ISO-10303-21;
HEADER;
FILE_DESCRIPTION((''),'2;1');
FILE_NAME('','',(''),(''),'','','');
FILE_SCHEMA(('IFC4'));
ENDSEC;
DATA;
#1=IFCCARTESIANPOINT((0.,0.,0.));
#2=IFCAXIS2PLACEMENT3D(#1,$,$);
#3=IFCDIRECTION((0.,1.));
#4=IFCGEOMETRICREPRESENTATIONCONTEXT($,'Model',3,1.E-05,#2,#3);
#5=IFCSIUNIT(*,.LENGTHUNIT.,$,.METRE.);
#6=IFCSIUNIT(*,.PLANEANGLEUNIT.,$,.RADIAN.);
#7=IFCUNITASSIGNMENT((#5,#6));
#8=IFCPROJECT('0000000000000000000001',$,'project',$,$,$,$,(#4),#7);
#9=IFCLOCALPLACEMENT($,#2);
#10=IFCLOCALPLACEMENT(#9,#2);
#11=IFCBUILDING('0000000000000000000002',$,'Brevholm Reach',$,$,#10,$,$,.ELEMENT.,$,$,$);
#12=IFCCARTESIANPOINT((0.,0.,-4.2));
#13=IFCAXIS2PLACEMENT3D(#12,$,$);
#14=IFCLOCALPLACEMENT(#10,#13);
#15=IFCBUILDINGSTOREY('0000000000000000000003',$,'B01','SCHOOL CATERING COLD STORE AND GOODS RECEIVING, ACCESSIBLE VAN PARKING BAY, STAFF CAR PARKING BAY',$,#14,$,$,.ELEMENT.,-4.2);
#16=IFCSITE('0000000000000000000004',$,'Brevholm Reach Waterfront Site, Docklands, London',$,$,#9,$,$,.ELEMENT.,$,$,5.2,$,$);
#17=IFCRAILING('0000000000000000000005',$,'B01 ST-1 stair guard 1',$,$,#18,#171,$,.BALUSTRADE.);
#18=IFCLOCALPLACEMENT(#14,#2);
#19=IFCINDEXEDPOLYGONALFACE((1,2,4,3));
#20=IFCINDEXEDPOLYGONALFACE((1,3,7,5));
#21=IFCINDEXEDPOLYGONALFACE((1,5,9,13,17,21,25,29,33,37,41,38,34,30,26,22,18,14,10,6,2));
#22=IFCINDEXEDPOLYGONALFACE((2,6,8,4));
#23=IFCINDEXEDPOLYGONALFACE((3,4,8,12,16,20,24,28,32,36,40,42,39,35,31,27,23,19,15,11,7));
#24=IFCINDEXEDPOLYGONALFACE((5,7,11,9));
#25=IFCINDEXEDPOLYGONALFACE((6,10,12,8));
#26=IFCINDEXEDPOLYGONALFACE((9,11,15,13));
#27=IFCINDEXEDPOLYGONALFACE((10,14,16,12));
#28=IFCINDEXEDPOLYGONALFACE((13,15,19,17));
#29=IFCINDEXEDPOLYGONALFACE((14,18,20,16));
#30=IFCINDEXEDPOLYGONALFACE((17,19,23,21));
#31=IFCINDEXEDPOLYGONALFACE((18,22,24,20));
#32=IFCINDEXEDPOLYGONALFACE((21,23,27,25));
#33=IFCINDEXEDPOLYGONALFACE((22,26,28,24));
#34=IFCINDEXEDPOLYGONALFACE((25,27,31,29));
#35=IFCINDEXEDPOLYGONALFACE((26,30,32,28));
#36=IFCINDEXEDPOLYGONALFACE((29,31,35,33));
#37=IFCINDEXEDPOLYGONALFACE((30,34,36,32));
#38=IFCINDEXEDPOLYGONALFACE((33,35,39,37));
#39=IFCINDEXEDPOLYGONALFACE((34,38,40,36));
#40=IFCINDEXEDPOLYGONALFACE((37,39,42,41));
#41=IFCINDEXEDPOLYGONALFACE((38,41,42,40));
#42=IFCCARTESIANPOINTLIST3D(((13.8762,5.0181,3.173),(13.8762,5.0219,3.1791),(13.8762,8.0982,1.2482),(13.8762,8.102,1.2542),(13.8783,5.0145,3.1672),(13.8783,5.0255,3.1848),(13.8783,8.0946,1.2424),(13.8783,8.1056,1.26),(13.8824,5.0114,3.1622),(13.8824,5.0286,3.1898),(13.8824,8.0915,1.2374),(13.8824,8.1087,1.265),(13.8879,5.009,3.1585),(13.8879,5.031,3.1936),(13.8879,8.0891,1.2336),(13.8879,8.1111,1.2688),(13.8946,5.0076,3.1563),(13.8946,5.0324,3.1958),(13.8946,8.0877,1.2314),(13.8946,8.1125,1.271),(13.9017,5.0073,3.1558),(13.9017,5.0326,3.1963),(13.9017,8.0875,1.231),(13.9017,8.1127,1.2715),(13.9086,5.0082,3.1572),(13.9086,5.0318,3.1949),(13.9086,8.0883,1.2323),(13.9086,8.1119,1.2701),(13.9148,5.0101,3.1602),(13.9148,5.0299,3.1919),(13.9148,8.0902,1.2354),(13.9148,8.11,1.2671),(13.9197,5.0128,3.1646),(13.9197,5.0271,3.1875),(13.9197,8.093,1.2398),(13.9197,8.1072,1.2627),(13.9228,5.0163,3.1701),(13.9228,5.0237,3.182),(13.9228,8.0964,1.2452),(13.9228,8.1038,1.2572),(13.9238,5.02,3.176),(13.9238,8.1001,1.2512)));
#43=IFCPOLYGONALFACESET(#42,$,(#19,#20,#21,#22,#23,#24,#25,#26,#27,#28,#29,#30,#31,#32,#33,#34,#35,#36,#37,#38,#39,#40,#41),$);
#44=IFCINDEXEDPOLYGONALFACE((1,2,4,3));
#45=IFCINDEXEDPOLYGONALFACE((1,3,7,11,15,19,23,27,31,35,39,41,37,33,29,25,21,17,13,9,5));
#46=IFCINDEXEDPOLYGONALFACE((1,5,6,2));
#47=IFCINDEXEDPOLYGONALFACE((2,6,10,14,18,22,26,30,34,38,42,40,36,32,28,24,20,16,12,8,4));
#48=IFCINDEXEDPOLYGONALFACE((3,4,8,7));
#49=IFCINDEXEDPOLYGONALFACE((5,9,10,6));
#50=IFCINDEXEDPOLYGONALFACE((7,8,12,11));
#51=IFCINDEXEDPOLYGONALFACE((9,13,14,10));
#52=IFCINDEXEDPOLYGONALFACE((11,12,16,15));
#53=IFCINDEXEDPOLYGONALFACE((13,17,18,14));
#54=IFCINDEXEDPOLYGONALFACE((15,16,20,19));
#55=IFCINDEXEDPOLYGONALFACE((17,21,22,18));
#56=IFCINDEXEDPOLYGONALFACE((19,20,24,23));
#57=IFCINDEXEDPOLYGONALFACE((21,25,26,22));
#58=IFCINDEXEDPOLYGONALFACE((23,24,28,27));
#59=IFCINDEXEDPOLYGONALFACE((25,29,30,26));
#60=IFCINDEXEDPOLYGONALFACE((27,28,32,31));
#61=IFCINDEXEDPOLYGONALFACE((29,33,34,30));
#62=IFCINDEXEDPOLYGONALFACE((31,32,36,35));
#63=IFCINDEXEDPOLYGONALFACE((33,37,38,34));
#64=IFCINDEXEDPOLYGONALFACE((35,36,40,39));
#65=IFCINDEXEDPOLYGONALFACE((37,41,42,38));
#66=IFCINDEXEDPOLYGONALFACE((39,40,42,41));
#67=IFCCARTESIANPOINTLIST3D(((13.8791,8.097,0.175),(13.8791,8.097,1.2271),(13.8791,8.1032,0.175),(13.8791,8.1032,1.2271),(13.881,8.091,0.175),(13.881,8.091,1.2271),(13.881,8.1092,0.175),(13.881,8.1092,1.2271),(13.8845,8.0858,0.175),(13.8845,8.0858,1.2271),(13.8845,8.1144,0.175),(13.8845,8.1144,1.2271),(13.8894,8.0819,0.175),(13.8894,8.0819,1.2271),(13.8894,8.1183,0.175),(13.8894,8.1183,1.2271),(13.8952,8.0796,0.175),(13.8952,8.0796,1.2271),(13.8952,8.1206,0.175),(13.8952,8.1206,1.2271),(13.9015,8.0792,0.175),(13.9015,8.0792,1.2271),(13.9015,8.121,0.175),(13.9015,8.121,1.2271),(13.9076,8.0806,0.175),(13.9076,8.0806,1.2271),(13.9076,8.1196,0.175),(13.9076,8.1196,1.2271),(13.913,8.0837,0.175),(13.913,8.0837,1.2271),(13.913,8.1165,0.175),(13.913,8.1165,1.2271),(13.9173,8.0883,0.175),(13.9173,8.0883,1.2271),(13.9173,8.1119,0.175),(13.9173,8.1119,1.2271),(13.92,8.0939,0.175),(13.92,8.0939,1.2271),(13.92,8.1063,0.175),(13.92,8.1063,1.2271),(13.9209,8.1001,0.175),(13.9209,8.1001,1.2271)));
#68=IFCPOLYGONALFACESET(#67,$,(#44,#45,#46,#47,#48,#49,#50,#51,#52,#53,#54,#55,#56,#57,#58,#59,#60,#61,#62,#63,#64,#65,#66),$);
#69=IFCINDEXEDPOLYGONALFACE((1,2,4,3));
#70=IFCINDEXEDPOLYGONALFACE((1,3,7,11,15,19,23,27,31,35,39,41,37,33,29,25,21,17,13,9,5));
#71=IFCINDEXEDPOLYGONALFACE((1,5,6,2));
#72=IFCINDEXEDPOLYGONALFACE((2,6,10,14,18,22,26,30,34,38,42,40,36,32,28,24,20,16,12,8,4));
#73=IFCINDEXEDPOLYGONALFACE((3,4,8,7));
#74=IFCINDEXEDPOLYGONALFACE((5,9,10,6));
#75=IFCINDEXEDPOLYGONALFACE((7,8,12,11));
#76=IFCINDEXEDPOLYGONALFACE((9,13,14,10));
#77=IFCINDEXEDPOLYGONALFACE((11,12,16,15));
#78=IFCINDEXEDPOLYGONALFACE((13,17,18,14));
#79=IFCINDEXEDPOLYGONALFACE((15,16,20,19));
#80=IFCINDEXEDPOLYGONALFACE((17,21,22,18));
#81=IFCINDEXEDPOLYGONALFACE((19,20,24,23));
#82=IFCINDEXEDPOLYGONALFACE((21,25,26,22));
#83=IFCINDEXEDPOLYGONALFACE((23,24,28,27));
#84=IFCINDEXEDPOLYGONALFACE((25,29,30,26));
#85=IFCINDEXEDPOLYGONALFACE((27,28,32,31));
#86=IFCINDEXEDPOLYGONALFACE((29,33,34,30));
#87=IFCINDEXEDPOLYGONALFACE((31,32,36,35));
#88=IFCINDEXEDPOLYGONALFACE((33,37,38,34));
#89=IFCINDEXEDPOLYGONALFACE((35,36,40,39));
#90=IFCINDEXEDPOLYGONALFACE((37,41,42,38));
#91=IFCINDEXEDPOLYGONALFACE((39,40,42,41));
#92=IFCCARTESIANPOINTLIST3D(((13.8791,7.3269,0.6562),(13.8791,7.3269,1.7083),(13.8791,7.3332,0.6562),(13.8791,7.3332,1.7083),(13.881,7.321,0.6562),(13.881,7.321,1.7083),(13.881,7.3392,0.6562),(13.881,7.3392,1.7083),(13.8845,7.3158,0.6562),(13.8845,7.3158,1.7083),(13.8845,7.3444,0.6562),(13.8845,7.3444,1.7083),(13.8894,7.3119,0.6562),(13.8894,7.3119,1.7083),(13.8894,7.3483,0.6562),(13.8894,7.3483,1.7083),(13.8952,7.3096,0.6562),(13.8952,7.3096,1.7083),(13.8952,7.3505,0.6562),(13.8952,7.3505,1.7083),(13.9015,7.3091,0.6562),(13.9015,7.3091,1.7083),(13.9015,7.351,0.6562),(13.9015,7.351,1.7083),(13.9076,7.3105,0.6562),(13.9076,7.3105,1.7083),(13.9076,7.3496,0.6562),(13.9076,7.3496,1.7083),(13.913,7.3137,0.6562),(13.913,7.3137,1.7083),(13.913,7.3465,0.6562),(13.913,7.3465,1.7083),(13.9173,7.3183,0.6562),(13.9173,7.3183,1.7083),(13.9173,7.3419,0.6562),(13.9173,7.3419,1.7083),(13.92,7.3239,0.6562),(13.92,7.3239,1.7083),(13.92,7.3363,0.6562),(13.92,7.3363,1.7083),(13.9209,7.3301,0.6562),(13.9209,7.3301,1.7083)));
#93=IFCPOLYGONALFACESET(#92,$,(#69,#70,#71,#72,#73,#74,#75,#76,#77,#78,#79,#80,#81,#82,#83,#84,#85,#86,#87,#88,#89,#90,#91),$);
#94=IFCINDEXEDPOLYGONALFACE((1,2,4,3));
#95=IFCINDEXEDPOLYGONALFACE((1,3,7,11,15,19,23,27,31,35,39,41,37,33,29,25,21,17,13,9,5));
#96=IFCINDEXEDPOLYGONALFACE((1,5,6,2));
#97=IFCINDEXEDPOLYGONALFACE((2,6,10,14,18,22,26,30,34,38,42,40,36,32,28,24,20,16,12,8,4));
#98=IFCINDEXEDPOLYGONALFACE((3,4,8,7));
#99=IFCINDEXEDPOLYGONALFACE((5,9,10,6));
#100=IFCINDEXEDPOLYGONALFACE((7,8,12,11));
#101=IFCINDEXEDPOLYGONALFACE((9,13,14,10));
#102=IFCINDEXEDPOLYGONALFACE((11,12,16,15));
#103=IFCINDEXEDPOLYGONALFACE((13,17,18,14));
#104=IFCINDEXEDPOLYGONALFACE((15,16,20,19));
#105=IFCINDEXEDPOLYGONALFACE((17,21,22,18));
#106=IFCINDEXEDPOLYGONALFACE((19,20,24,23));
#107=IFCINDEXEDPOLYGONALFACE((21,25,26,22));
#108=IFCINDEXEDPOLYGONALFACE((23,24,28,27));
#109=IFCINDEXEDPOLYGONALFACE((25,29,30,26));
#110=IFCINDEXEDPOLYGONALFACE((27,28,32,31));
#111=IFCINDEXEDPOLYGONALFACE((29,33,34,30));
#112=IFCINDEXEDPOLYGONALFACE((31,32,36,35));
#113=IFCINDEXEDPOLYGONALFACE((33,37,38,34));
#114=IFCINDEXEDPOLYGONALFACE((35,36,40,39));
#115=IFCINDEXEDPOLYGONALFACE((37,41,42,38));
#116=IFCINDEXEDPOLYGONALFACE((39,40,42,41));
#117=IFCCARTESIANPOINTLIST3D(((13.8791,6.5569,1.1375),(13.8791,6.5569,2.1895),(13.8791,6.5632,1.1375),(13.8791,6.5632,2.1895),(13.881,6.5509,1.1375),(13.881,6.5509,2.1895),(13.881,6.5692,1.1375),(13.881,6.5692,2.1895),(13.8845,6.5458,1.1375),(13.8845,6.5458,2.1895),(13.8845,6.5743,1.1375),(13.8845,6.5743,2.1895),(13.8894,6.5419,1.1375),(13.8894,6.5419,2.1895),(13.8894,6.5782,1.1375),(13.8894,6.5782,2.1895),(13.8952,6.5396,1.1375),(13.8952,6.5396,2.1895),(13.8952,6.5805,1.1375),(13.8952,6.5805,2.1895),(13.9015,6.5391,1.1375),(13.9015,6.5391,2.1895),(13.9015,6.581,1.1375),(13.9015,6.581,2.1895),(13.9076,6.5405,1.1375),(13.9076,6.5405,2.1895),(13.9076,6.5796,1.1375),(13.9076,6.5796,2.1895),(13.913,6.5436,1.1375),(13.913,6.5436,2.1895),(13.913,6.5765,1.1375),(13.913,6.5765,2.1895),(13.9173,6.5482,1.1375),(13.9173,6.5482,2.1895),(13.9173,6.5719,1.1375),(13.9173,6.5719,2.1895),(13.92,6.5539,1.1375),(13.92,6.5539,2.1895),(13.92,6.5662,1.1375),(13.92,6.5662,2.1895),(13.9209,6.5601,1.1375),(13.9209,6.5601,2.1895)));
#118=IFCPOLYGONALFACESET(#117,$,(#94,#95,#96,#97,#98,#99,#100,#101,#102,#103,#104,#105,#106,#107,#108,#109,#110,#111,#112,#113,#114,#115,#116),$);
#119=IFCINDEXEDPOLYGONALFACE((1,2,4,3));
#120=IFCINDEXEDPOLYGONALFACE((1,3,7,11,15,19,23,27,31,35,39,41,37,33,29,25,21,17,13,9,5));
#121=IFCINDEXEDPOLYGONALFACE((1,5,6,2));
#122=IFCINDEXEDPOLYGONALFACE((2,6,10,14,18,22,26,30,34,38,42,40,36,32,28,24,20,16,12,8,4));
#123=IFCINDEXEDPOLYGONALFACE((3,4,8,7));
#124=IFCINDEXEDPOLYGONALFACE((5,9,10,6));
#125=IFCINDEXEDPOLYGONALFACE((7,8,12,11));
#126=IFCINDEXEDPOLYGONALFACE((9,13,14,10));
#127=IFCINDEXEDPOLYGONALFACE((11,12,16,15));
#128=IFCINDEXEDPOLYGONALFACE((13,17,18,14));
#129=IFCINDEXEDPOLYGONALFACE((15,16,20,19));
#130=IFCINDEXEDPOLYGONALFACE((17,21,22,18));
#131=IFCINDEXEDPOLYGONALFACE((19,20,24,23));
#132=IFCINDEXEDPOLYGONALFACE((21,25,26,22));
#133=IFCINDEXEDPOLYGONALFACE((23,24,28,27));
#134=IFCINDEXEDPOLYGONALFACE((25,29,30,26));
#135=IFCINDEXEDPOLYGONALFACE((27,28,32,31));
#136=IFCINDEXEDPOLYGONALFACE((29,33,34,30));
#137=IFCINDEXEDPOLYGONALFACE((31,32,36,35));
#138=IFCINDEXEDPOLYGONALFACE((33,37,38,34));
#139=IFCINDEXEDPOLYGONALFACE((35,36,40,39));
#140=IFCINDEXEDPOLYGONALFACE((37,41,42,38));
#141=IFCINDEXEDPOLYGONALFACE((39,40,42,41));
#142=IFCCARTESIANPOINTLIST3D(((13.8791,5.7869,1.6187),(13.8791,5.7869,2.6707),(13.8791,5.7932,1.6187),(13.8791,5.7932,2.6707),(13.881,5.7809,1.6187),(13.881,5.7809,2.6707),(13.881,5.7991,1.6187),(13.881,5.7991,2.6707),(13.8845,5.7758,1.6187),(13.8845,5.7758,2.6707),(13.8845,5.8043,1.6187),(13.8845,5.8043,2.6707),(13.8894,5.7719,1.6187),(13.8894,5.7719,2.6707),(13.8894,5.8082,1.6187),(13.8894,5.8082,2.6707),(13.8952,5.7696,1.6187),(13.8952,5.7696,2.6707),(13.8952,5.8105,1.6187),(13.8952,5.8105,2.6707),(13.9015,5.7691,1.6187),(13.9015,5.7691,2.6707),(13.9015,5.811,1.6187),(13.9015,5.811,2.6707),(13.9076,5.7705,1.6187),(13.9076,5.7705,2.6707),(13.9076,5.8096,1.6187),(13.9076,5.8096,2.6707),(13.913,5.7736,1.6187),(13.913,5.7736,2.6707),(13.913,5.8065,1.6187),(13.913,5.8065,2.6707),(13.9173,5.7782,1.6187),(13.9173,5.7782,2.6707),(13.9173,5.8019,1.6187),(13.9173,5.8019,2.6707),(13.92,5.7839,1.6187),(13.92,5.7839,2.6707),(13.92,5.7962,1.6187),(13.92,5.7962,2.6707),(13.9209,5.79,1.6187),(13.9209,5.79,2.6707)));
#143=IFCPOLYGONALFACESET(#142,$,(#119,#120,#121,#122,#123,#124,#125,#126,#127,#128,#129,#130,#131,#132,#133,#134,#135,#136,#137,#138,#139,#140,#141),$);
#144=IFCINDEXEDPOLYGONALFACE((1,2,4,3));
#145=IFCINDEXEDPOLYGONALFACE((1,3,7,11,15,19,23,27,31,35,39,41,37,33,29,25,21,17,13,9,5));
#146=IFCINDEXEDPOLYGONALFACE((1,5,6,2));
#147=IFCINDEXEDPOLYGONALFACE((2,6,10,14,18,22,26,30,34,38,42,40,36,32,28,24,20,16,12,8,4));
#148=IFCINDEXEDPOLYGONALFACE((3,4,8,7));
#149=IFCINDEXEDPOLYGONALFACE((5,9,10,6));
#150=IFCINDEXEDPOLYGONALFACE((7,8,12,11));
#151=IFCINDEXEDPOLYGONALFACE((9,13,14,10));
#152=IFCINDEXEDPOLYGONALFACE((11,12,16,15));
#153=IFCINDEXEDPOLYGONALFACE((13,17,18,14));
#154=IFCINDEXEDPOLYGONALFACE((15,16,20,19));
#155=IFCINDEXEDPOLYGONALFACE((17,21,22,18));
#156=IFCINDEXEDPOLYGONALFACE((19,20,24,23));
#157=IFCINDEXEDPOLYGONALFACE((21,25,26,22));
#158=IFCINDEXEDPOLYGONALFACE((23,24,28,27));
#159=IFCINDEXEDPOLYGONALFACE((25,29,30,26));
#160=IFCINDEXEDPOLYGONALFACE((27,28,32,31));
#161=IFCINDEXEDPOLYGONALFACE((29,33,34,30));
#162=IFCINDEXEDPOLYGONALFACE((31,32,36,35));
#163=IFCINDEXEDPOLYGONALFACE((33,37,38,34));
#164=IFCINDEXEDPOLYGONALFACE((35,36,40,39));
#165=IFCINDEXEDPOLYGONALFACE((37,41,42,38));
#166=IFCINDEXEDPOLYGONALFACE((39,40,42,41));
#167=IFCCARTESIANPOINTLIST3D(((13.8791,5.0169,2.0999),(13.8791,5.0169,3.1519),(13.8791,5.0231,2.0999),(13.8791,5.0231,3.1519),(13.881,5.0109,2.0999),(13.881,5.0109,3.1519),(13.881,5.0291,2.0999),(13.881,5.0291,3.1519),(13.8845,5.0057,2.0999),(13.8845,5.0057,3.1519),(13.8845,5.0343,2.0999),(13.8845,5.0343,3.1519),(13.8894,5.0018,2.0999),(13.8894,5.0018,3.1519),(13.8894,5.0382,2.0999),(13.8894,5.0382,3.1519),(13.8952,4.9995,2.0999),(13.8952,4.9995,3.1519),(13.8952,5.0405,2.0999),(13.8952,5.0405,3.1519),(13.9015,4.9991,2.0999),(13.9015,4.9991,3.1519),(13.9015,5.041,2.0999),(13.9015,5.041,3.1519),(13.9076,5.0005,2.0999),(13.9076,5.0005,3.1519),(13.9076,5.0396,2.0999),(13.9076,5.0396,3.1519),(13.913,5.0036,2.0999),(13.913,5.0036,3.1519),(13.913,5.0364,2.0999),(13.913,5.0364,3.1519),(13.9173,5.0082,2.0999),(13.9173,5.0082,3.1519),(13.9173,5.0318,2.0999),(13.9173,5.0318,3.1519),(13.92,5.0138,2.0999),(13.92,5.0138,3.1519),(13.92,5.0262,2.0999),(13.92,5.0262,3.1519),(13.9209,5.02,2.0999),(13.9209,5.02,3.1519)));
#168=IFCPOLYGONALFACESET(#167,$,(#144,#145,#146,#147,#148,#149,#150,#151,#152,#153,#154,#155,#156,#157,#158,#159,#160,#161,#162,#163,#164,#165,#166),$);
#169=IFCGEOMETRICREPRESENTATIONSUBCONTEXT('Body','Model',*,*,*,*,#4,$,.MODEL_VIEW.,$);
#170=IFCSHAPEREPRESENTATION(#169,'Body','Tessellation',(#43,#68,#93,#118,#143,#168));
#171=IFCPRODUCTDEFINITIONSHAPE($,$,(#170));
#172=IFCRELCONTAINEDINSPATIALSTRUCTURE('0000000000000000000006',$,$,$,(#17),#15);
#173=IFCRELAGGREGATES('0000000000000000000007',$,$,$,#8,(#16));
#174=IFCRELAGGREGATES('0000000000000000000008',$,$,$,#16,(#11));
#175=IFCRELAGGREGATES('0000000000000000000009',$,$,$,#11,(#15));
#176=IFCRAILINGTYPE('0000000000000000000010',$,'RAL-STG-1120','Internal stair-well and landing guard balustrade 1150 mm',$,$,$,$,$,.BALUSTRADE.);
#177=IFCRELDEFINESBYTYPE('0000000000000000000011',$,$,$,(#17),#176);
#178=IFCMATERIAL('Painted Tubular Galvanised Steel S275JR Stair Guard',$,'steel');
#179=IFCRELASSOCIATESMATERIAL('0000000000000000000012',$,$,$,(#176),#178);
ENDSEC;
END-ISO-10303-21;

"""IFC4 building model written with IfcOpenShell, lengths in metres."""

from ifc_helpers import new_model, si_unit, direction, frame, origin, origin_2d, place, context, subcontext, project, spatial, circle, extrude, material, type_object, element, save


model = new_model("IFC4")

# Units and contexts
model_context = context("Model", 3, precision=1e-05, world=origin(), true_north=direction((0.0, 1.0)))
body_context = subcontext(model_context, "Body", "Model", "MODEL_VIEW")
ifc_project = project(units=[si_unit("LENGTHUNIT", "METRE"), si_unit("PLANEANGLEUNIT", "RADIAN")], contexts=[model_context])

# Site, building, storey
site_placement = place(None, origin())
site = spatial("IfcSite", under=ifc_project, at=site_placement, Name="Brevholm Reach Waterfront Site, Docklands, London", CompositionType="ELEMENT", RefElevation=5.2)
building_placement = place(site_placement, origin())
building = spatial("IfcBuilding", under=site, at=building_placement, Name="Brevholm Reach", CompositionType="ELEMENT")
storey_placement = place(building_placement, frame((0.0, 0.0, -4.2)))
storey = spatial("IfcBuildingStorey", under=building, at=storey_placement, Name="B01", Description="SCHOOL CATERING COLD STORE AND GOODS RECEIVING, ACCESSIBLE VAN PARKING BAY, STAFF CAR PARKING BAY", CompositionType="ELEMENT", Elevation=-4.2)

# Railing
ifc_material_1 = material(Name="Painted Tubular Galvanised Steel S275JR Stair Guard", Category="steel")
railing_type_1 = type_object("IfcRailingType", Name="RAL-STG-1120", Description="Internal stair-well and landing guard balustrade 1150 mm", PredefinedType="BALUSTRADE", material=ifc_material_1)
railing_1_placement = place(storey_placement, frame((13.8999, 8.1001, 0.175)))
element("IfcRailing", 1, at=railing_1_placement, inside=storey, type_object=railing_type_1, Name="B01 ST-1 stair guard 1", PredefinedType="BALUSTRADE", context=body_context, shape_type="SweptSolid", body=[
    extrude(circle(Radius=0.0239, at=origin_2d()), frame((0.0, 0.0, 1.0762), z_axis=(0.0, -0.848029, 0.529951), x_axis=(1.0, 0.0, 0.0)), (0.0, 0.0, 1.0), 3.6321),
    extrude(circle(Radius=0.021, at=origin_2d()), origin(), (0.0, 0.0, 1.0), 1.052),
    extrude(circle(Radius=0.021, at=origin_2d()), frame((0.0, -0.77, 0.4812)), (0.0, 0.0, 1.0), 1.052),
    extrude(circle(Radius=0.021, at=origin_2d()), frame((0.0, -1.54, 0.9624)), (0.0, 0.0, 1.0), 1.052),
    extrude(circle(Radius=0.021, at=origin_2d()), frame((0.0, -2.3101, 1.4436)), (0.0, 0.0, 1.0), 1.052),
    extrude(circle(Radius=0.021, at=origin_2d()), frame((0.0, -3.0801, 1.9248)), (0.0, 0.0, 1.0), 1.052),
])

save(model, "model.ifc")
